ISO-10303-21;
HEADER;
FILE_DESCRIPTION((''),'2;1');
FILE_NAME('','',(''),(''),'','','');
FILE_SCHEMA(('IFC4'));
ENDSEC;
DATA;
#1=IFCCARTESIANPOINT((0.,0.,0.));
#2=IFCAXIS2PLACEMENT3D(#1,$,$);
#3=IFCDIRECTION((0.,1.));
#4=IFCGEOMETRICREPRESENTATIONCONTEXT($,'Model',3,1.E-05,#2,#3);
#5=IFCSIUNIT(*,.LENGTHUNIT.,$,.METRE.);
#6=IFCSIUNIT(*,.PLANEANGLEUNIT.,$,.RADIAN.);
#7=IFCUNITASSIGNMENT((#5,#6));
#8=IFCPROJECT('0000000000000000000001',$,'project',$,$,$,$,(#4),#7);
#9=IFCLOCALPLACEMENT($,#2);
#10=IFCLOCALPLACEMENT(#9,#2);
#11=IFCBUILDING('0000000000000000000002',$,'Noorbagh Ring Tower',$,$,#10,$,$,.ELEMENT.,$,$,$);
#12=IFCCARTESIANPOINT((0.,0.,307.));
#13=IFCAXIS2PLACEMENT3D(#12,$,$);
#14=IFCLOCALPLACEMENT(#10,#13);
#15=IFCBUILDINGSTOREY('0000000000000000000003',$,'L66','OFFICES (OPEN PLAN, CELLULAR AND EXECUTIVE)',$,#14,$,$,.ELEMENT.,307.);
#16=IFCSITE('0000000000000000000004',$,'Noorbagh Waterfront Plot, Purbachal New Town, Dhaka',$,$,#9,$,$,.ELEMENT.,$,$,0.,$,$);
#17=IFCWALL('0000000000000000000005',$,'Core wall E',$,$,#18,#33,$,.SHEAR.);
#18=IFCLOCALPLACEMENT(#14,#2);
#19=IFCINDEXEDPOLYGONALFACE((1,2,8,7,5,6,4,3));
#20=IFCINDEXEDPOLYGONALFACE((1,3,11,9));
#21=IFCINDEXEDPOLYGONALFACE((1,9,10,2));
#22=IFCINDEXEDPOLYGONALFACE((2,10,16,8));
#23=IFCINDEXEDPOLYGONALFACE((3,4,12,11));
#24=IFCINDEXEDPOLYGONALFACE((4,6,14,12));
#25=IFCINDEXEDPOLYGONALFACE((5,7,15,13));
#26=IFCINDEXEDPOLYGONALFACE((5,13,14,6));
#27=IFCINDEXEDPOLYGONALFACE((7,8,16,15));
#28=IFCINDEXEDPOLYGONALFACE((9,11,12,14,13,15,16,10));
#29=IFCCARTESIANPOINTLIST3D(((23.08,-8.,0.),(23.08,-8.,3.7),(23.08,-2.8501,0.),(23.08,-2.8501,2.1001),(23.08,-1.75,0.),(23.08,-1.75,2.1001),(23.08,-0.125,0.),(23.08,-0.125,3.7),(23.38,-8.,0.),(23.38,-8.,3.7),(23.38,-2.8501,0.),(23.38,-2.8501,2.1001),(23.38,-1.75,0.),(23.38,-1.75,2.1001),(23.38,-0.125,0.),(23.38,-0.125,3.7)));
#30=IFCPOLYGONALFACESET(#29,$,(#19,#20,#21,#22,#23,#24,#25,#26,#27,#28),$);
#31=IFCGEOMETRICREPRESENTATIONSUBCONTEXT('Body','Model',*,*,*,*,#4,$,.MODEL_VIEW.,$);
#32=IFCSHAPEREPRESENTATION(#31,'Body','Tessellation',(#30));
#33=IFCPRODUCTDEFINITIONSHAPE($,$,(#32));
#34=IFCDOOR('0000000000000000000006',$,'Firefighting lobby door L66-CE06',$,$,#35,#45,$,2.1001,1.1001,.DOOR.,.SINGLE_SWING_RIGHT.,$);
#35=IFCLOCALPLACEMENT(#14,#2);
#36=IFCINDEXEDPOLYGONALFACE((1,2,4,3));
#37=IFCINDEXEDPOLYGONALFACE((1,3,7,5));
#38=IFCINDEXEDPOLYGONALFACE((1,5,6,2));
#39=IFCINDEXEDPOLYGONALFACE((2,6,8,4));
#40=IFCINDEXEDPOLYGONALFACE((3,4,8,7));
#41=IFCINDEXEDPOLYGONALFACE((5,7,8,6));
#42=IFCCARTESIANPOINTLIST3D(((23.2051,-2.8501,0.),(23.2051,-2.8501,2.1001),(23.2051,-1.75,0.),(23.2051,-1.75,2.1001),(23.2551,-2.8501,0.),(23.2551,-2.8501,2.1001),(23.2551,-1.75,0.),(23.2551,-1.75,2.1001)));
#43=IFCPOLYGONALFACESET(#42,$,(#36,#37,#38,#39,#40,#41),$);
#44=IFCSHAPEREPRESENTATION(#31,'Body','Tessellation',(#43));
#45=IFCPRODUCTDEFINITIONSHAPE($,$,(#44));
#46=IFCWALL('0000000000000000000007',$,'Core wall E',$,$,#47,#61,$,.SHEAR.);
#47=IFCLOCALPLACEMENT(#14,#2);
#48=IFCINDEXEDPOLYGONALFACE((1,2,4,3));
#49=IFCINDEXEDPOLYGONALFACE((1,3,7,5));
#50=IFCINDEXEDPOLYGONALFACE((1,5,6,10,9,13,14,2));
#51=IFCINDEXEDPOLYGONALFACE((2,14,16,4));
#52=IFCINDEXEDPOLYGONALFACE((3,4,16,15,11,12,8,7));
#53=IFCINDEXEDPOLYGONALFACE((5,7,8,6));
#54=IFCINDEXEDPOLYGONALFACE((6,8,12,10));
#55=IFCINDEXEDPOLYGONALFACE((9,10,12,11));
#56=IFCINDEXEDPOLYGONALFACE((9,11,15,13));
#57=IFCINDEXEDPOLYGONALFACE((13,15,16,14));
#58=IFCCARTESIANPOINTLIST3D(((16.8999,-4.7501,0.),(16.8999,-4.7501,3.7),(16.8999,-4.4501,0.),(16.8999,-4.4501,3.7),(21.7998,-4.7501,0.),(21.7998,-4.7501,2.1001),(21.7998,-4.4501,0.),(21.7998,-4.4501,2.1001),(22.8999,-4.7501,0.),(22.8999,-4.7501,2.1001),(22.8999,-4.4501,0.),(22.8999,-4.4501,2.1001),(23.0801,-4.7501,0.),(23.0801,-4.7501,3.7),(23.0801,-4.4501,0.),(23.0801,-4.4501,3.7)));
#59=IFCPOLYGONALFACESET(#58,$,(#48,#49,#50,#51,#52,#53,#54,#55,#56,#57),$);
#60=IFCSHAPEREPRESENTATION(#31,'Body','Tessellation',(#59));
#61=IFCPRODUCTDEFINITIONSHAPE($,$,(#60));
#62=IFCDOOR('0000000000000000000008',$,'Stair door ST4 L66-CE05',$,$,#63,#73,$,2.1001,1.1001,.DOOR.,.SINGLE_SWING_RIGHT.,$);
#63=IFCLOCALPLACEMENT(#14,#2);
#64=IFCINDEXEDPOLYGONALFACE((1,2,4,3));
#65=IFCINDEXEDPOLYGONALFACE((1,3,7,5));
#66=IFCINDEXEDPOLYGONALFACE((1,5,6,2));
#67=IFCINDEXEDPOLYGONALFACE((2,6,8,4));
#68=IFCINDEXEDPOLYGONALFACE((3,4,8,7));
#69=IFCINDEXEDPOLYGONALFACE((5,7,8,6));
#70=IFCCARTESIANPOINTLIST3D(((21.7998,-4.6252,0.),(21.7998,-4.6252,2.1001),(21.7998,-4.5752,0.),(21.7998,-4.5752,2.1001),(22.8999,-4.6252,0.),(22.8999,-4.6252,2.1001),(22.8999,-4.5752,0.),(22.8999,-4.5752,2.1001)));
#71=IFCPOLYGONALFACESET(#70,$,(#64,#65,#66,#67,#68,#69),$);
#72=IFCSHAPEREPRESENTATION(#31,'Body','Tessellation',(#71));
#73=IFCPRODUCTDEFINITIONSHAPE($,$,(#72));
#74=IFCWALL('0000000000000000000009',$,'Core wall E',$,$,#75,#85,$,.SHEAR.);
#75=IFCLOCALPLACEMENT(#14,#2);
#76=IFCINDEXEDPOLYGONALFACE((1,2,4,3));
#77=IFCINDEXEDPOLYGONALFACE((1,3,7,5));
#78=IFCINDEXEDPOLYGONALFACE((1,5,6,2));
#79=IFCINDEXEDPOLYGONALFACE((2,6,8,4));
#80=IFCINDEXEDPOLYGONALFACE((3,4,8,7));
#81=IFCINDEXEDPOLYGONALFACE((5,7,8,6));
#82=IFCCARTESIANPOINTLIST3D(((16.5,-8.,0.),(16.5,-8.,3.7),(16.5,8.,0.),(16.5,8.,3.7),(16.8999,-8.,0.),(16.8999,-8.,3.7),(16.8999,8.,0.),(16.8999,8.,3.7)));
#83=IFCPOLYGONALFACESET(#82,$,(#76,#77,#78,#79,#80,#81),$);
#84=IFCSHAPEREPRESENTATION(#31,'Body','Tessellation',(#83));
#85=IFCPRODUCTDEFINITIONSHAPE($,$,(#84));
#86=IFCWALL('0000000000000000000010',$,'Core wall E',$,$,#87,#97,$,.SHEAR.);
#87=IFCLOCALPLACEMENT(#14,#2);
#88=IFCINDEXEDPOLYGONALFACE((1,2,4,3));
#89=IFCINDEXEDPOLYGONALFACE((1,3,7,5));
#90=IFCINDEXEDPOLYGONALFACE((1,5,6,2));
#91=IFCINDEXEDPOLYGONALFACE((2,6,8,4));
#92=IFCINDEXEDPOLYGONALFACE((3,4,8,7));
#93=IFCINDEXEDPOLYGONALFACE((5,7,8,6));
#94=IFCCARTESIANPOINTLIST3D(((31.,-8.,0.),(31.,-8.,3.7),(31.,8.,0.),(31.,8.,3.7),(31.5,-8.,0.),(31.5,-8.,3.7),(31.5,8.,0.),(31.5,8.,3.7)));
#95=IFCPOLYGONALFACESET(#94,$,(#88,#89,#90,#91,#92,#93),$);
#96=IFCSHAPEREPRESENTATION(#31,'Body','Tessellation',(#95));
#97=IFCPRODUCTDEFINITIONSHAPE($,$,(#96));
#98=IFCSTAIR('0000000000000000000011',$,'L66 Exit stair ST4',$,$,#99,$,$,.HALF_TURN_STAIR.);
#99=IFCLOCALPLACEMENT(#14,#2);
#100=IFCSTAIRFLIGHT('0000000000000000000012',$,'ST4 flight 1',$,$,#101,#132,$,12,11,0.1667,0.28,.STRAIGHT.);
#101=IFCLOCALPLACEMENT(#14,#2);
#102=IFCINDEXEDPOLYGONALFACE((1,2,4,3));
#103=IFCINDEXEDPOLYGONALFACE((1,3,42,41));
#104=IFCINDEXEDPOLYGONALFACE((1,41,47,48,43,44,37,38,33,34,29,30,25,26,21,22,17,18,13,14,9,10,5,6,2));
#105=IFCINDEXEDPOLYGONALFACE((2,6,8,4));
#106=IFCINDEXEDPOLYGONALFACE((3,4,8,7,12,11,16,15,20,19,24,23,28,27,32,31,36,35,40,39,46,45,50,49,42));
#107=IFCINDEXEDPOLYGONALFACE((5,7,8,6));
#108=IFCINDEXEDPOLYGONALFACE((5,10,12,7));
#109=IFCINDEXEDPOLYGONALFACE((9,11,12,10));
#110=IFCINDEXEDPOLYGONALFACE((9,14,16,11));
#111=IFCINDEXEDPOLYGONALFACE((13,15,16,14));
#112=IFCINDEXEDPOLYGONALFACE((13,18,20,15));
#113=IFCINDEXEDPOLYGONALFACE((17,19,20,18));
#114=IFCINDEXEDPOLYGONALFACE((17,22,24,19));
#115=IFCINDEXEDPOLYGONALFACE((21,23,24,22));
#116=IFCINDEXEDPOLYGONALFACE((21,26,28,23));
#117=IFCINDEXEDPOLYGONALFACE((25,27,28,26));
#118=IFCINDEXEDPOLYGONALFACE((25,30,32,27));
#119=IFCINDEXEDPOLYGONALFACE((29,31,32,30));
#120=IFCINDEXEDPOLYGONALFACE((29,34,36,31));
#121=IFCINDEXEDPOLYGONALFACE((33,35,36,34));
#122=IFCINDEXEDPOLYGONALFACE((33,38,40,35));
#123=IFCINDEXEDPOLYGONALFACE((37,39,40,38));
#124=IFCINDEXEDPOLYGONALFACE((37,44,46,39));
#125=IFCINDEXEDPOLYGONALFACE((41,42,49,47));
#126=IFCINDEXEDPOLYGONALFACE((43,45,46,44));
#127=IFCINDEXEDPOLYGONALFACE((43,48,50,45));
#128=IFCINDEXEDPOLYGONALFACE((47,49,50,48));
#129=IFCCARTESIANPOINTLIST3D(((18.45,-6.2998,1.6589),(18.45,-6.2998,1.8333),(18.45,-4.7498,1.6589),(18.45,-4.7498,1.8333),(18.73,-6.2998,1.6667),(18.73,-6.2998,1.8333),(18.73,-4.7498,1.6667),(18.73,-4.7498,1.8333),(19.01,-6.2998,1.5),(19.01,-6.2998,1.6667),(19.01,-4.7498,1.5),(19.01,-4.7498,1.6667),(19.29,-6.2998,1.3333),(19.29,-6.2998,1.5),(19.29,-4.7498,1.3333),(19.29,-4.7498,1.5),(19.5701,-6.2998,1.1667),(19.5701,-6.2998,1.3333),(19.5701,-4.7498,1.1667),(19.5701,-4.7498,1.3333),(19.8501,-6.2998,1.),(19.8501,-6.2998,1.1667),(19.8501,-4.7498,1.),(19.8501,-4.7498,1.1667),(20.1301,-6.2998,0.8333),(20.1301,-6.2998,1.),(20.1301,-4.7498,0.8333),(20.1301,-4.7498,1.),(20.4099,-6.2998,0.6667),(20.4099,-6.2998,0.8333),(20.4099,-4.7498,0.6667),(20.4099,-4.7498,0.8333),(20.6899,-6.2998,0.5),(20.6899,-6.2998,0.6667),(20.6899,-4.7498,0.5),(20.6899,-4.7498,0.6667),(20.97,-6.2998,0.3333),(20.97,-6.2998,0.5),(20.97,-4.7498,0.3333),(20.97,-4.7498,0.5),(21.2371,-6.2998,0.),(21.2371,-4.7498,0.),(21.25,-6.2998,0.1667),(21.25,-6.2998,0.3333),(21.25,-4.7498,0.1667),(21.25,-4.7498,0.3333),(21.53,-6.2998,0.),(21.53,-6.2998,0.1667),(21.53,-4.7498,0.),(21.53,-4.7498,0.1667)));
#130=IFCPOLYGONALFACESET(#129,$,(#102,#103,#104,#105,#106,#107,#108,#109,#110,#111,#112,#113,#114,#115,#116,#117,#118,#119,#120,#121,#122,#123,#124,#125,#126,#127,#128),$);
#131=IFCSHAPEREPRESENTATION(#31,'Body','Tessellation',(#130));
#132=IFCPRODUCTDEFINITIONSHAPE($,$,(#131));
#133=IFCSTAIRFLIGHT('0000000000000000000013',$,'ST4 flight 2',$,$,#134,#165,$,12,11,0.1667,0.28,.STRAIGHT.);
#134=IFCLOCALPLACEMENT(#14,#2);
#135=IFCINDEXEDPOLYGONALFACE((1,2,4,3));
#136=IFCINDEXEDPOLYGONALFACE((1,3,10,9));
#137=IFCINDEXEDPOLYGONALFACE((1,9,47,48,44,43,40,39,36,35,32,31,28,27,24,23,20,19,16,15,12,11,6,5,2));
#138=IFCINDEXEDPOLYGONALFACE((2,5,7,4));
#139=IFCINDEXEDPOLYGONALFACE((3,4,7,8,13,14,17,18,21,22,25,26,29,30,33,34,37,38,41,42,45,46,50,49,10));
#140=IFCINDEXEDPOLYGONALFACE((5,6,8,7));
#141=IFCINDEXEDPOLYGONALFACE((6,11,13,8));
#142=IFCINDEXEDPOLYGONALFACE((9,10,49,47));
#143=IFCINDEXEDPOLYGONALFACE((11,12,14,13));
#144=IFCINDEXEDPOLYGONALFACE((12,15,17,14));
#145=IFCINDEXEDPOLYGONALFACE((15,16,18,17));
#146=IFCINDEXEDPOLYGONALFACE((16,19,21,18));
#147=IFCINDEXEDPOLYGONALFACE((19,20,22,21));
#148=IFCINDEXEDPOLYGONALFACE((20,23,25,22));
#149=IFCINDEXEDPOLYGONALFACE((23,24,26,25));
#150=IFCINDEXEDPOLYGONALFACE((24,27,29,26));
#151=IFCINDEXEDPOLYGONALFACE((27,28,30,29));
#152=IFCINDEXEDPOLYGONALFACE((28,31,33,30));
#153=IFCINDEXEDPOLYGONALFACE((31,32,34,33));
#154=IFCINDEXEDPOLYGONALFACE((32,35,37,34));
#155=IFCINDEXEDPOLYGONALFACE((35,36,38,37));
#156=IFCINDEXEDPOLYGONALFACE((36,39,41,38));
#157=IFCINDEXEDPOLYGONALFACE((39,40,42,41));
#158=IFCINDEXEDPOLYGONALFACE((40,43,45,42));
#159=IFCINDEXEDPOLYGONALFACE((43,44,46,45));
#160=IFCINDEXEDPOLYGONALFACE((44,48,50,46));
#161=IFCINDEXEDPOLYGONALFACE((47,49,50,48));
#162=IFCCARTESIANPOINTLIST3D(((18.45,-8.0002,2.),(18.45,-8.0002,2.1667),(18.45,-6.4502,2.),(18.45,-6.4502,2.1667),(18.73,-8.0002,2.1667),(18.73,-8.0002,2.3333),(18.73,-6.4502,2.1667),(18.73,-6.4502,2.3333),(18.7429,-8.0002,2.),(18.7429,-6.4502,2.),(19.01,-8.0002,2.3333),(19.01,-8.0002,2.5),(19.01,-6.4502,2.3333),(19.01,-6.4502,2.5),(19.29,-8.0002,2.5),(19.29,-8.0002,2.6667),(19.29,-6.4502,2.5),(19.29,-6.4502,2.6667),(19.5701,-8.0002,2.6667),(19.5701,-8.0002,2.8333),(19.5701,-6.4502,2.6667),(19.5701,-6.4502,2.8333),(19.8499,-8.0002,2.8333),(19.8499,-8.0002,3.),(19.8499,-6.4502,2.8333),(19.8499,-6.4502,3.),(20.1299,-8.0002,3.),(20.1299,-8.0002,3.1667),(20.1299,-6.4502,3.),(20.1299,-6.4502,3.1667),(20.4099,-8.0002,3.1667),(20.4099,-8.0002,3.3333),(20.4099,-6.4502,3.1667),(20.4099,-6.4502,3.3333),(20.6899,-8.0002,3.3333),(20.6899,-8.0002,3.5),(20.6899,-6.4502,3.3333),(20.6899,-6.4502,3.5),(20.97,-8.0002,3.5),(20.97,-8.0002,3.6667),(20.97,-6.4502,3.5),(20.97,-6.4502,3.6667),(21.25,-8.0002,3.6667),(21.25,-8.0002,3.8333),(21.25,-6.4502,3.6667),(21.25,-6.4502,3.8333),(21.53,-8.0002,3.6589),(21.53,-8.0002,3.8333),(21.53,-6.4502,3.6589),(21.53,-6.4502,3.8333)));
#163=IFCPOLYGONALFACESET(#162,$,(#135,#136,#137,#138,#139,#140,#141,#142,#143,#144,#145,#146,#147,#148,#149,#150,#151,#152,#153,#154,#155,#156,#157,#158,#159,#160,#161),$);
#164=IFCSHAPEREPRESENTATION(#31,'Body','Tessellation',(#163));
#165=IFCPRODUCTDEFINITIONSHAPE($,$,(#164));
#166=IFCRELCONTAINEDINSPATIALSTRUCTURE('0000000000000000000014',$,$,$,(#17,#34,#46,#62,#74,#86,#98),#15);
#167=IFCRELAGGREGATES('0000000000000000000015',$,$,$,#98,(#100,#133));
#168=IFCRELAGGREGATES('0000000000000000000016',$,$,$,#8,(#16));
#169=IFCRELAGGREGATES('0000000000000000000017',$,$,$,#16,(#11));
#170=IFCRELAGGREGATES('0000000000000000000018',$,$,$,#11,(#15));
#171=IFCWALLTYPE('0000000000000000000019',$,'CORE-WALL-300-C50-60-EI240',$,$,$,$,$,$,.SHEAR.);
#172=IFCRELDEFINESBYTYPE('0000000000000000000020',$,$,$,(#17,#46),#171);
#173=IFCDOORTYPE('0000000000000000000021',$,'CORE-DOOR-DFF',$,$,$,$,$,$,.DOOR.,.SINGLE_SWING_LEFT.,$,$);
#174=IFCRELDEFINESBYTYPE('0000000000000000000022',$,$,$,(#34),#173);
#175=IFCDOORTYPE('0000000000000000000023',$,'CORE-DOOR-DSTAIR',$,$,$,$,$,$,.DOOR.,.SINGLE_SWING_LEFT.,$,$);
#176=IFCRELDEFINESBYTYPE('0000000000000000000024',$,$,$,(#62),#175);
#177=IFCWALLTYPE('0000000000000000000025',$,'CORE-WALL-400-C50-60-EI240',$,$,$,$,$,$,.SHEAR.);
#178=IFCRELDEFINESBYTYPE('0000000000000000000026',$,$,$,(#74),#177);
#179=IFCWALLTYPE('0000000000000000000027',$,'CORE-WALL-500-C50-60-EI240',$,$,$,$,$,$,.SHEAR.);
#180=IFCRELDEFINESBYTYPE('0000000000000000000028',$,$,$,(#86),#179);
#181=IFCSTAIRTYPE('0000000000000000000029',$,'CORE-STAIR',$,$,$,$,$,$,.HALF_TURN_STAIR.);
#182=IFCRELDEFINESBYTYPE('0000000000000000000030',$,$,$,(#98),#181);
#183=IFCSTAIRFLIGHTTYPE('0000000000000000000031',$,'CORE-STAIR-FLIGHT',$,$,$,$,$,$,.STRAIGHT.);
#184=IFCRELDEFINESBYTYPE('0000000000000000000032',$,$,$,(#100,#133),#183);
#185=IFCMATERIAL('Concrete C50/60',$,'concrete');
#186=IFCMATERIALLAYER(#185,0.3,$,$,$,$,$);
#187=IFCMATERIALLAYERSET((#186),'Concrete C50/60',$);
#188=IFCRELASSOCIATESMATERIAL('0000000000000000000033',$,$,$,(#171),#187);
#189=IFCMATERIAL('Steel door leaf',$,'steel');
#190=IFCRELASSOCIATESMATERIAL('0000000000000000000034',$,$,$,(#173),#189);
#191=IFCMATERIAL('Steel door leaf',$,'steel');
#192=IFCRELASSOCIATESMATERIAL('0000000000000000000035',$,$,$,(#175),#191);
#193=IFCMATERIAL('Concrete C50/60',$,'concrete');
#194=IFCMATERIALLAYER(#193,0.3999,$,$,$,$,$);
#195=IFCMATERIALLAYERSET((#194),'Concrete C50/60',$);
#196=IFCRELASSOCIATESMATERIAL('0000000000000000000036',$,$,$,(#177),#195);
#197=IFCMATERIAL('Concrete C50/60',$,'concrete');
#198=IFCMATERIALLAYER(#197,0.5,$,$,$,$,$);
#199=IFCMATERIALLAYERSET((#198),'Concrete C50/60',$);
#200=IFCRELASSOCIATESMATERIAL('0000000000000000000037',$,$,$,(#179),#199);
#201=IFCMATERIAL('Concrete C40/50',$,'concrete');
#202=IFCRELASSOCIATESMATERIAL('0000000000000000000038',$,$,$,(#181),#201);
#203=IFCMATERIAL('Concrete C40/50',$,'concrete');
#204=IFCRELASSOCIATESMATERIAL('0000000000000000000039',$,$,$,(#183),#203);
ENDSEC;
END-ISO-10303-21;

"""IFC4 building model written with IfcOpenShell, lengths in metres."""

from ifc_helpers import new_model, si_unit, direction, frame, frame_2d, origin, place, context, subcontext, project, spatial, polyline, rectangle, outline, extrude, material, layer, layer_set, type_object, element, fill, aggregate, save


model = new_model("IFC4")

# Units and contexts
model_context = context("Model", 3, precision=1e-05, world=origin(), true_north=direction((0.0, 1.0)))
body_context = subcontext(model_context, "Body", "Model", "MODEL_VIEW")
ifc_project = project(units=[si_unit("LENGTHUNIT", "METRE"), si_unit("PLANEANGLEUNIT", "RADIAN")], contexts=[model_context])

# Site, building, storey
site_placement = place(None, origin())
site = spatial("IfcSite", under=ifc_project, at=site_placement, Name="Noorbagh Waterfront Plot, Purbachal New Town, Dhaka", CompositionType="ELEMENT", RefElevation=0.0)
building_placement = place(site_placement, origin())
building = spatial("IfcBuilding", under=site, at=building_placement, Name="Noorbagh Ring Tower", CompositionType="ELEMENT")
storey_placement = place(building_placement, frame((0.0, 0.0, 307.0)))
storey = spatial("IfcBuildingStorey", under=building, at=storey_placement, Name="L66", Description="OFFICES (OPEN PLAN, CELLULAR AND EXECUTIVE)", CompositionType="ELEMENT", Elevation=307.0)

# Walls, openings, doors
ifc_material_1 = material(Name="Concrete C50/60", Category="concrete")
ifc_layer_1 = layer(ifc_material_1, 0.3)
ifc_layer_set_1 = layer_set([ifc_layer_1], Name="Concrete C50/60")
wall_type_1 = type_object("IfcWallType", Name="CORE-WALL-300-C50-60-EI240", PredefinedType="SHEAR", material=ifc_layer_set_1)
wall_1_placement = place(storey_placement, frame((23.23, -8.0, 0.0), z_axis=(0.0, 0.0, 1.0), x_axis=(0.0, 1.0, 0.0)))
wall_1 = element("IfcWall", 1, at=wall_1_placement, inside=storey, type_object=wall_type_1, Name="Core wall E", PredefinedType="SHEAR", context=body_context, shape_type="SweptSolid", body=[
    extrude(rectangle(XDim=7.875, YDim=0.3, at=frame_2d((3.9375, 0.0))), origin(), (0.0, 0.0, 1.0), 3.7),
])
opening_1_placement = place(wall_1_placement, frame((5.1499, 0.0, 0.0)))
opening_1 = element("IfcOpeningElement", 2, at=opening_1_placement, cuts=wall_1, PredefinedType="OPENING", context=body_context, shape_type="SweptSolid", body=[
    extrude(rectangle(XDim=1.1001, YDim=2.1001, at=frame_2d((0.55, 1.05))), frame((0.0, 0.1602, 0.0), z_axis=(0.0, -1.0, 0.0), x_axis=(1.0, 0.0, 0.0)), (0.0, 0.0, 1.0), 0.3201),
])
ifc_material_2 = material(Name="Steel door leaf", Category="steel")
door_type_1 = type_object("IfcDoorType", Name="CORE-DOOR-DFF", OperationType="SINGLE_SWING_LEFT", PredefinedType="DOOR", material=ifc_material_2)
door_1_placement = place(opening_1_placement, origin())
door_1 = element("IfcDoor", 3, at=door_1_placement, inside=storey, type_object=door_type_1, Name="Firefighting lobby door L66-CE06", OperationType="SINGLE_SWING_RIGHT", OverallHeight=2.1001, OverallWidth=1.1001, PredefinedType="DOOR", context=body_context, shape_type="SweptSolid", body=[
    extrude(rectangle(XDim=1.1001, YDim=2.1001, at=frame_2d((0.55, 1.05))), frame((0.0, 0.0249, 0.0), z_axis=(0.0, -1.0, 0.0), x_axis=(1.0, 0.0, 0.0)), (0.0, 0.0, 1.0), 0.05),
])
fill(opening_1, door_1)
wall_2_placement = place(storey_placement, frame((16.8999, -4.6001, 0.0), z_axis=(0.0, 0.0, 1.0), x_axis=(1.0, 0.0, 0.0)))
wall_2 = element("IfcWall", 4, at=wall_2_placement, inside=storey, type_object=wall_type_1, Name="Core wall E", PredefinedType="SHEAR", context=body_context, shape_type="SweptSolid", body=[
    extrude(rectangle(XDim=6.1802, YDim=0.3, at=frame_2d((3.0901, 0.0))), origin(), (0.0, 0.0, 1.0), 3.7),
])
opening_2_placement = place(wall_2_placement, frame((4.8999, 0.0, 0.0)))
opening_2 = element("IfcOpeningElement", 5, at=opening_2_placement, cuts=wall_2, PredefinedType="OPENING", context=body_context, shape_type="SweptSolid", body=[
    extrude(rectangle(XDim=1.1001, YDim=2.1001, at=frame_2d((0.55, 1.05))), frame((0.0, 0.1602, 0.0), z_axis=(0.0, -1.0, 0.0), x_axis=(1.0, 0.0, 0.0)), (0.0, 0.0, 1.0), 0.3201),
])
ifc_material_3 = material(Name="Steel door leaf", Category="steel")
door_type_2 = type_object("IfcDoorType", Name="CORE-DOOR-DSTAIR", OperationType="SINGLE_SWING_LEFT", PredefinedType="DOOR", material=ifc_material_3)
door_2_placement = place(opening_2_placement, origin())
door_2 = element("IfcDoor", 6, at=door_2_placement, inside=storey, type_object=door_type_2, Name="Stair door ST4 L66-CE05", OperationType="SINGLE_SWING_RIGHT", OverallHeight=2.1001, OverallWidth=1.1001, PredefinedType="DOOR", context=body_context, shape_type="SweptSolid", body=[
    extrude(rectangle(XDim=1.1001, YDim=2.1001, at=frame_2d((0.55, 1.05))), frame((0.0, 0.0249, 0.0), z_axis=(0.0, -1.0, 0.0), x_axis=(1.0, 0.0, 0.0)), (0.0, 0.0, 1.0), 0.05),
])
fill(opening_2, door_2)

# Walls
ifc_material_4 = material(Name="Concrete C50/60", Category="concrete")
ifc_layer_2 = layer(ifc_material_4, 0.3999)
ifc_layer_set_2 = layer_set([ifc_layer_2], Name="Concrete C50/60")
wall_type_2 = type_object("IfcWallType", Name="CORE-WALL-400-C50-60-EI240", PredefinedType="SHEAR", material=ifc_layer_set_2)
wall_3_placement = place(storey_placement, frame((16.7, -8.0, 0.0), z_axis=(0.0, 0.0, 1.0), x_axis=(0.0, 1.0, 0.0)))
element("IfcWall", 7, at=wall_3_placement, inside=storey, type_object=wall_type_2, Name="Core wall E", PredefinedType="SHEAR", context=body_context, shape_type="SweptSolid", body=[
    extrude(rectangle(XDim=16.0, YDim=0.3999, at=frame_2d((8.0, 0.0))), origin(), (0.0, 0.0, 1.0), 3.7),
])
ifc_material_5 = material(Name="Concrete C50/60", Category="concrete")
ifc_layer_3 = layer(ifc_material_5, 0.5)
ifc_layer_set_3 = layer_set([ifc_layer_3], Name="Concrete C50/60")
wall_type_3 = type_object("IfcWallType", Name="CORE-WALL-500-C50-60-EI240", PredefinedType="SHEAR", material=ifc_layer_set_3)
wall_4_placement = place(storey_placement, frame((31.25, -8.0, 0.0), z_axis=(0.0, 0.0, 1.0), x_axis=(0.0, 1.0, 0.0)))
element("IfcWall", 8, at=wall_4_placement, inside=storey, type_object=wall_type_3, Name="Core wall E", PredefinedType="SHEAR", context=body_context, shape_type="SweptSolid", body=[
    extrude(rectangle(XDim=16.0, YDim=0.5, at=frame_2d((8.0, 0.0))), origin(), (0.0, 0.0, 1.0), 3.7),
])

# Stair, stair flights
ifc_material_6 = material(Name="Concrete C40/50", Category="concrete")
stair_type = type_object("IfcStairType", Name="CORE-STAIR", PredefinedType="HALF_TURN_STAIR", material=ifc_material_6)
stair_placement = place(storey_placement, origin())
stair = element("IfcStair", 9, at=stair_placement, inside=storey, type_object=stair_type, Name="L66 Exit stair ST4", PredefinedType="HALF_TURN_STAIR")
ifc_material_7 = material(Name="Concrete C40/50", Category="concrete")
stair_flight_type = type_object("IfcStairFlightType", Name="CORE-STAIR-FLIGHT", PredefinedType="STRAIGHT", material=ifc_material_7)
stair_flight_1_placement = place(storey_placement, frame((21.53, -5.5249, 0.0), z_axis=(0.0, 0.0, 1.0), x_axis=(-1.0, 0.0, 0.0)))
stair_flight_1 = element("IfcStairFlight", 10, at=stair_flight_1_placement, type_object=stair_flight_type, Name="ST4 flight 1", NumberOfRisers=12, NumberOfTreads=11, PredefinedType="STRAIGHT", RiserHeight=0.1667, TreadLength=0.28, context=body_context, shape_type="SweptSolid", body=[
    extrude(outline(polyline([(0.0, 0.0), (0.0, 0.1667), (0.28, 0.1667), (0.28, 0.3333), (0.5601, 0.3333), (0.5601, 0.5), (0.8401, 0.5), (0.8401, 0.6667), (1.1201, 0.6667), (1.1201, 0.8333), (1.3999, 0.8333), (1.3999, 1.0), (1.6799, 1.0), (1.6799, 1.1667), (1.96, 1.1667), (1.96, 1.3333), (2.24, 1.3333), (2.24, 1.5), (2.52, 1.5), (2.52, 1.6667), (2.8, 1.6667), (2.8, 1.8333), (3.0801, 1.8333), (3.0801, 2.0), (3.0801, 1.6589), (0.293, 0.0), (0.0, 0.0)])), frame((0.0, 0.7749, 0.0), z_axis=(0.0, -1.0, 0.0), x_axis=(1.0, 0.0, 0.0)), (0.0, 0.0, 1.0), 1.55),
])
stair_flight_2_placement = place(storey_placement, frame((18.45, -7.2251, 2.0), z_axis=(0.0, 0.0, 1.0), x_axis=(1.0, 0.0, 0.0)))
stair_flight_2 = element("IfcStairFlight", 11, at=stair_flight_2_placement, type_object=stair_flight_type, Name="ST4 flight 2", NumberOfRisers=12, NumberOfTreads=11, PredefinedType="STRAIGHT", RiserHeight=0.1667, TreadLength=0.28, context=body_context, shape_type="SweptSolid", body=[
    extrude(outline(polyline([(0.0, 0.0), (0.0, 0.1667), (0.28, 0.1667), (0.28, 0.3333), (0.5601, 0.3333), (0.5601, 0.5), (0.8401, 0.5), (0.8401, 0.6667), (1.1201, 0.6667), (1.1201, 0.8333), (1.3999, 0.8333), (1.3999, 1.0), (1.6799, 1.0), (1.6799, 1.1667), (1.96, 1.1667), (1.96, 1.3333), (2.24, 1.3333), (2.24, 1.5), (2.52, 1.5), (2.52, 1.6667), (2.8, 1.6667), (2.8, 1.8333), (3.0801, 1.8333), (3.0801, 2.0), (3.0801, 1.6589), (0.293, 0.0), (0.0, 0.0)])), frame((0.0, 0.7749, 0.0), z_axis=(0.0, -1.0, 0.0), x_axis=(1.0, 0.0, 0.0)), (0.0, 0.0, 1.0), 1.55),
])
aggregate(stair, [stair_flight_1, stair_flight_2])

save(model, "model.ifc")
